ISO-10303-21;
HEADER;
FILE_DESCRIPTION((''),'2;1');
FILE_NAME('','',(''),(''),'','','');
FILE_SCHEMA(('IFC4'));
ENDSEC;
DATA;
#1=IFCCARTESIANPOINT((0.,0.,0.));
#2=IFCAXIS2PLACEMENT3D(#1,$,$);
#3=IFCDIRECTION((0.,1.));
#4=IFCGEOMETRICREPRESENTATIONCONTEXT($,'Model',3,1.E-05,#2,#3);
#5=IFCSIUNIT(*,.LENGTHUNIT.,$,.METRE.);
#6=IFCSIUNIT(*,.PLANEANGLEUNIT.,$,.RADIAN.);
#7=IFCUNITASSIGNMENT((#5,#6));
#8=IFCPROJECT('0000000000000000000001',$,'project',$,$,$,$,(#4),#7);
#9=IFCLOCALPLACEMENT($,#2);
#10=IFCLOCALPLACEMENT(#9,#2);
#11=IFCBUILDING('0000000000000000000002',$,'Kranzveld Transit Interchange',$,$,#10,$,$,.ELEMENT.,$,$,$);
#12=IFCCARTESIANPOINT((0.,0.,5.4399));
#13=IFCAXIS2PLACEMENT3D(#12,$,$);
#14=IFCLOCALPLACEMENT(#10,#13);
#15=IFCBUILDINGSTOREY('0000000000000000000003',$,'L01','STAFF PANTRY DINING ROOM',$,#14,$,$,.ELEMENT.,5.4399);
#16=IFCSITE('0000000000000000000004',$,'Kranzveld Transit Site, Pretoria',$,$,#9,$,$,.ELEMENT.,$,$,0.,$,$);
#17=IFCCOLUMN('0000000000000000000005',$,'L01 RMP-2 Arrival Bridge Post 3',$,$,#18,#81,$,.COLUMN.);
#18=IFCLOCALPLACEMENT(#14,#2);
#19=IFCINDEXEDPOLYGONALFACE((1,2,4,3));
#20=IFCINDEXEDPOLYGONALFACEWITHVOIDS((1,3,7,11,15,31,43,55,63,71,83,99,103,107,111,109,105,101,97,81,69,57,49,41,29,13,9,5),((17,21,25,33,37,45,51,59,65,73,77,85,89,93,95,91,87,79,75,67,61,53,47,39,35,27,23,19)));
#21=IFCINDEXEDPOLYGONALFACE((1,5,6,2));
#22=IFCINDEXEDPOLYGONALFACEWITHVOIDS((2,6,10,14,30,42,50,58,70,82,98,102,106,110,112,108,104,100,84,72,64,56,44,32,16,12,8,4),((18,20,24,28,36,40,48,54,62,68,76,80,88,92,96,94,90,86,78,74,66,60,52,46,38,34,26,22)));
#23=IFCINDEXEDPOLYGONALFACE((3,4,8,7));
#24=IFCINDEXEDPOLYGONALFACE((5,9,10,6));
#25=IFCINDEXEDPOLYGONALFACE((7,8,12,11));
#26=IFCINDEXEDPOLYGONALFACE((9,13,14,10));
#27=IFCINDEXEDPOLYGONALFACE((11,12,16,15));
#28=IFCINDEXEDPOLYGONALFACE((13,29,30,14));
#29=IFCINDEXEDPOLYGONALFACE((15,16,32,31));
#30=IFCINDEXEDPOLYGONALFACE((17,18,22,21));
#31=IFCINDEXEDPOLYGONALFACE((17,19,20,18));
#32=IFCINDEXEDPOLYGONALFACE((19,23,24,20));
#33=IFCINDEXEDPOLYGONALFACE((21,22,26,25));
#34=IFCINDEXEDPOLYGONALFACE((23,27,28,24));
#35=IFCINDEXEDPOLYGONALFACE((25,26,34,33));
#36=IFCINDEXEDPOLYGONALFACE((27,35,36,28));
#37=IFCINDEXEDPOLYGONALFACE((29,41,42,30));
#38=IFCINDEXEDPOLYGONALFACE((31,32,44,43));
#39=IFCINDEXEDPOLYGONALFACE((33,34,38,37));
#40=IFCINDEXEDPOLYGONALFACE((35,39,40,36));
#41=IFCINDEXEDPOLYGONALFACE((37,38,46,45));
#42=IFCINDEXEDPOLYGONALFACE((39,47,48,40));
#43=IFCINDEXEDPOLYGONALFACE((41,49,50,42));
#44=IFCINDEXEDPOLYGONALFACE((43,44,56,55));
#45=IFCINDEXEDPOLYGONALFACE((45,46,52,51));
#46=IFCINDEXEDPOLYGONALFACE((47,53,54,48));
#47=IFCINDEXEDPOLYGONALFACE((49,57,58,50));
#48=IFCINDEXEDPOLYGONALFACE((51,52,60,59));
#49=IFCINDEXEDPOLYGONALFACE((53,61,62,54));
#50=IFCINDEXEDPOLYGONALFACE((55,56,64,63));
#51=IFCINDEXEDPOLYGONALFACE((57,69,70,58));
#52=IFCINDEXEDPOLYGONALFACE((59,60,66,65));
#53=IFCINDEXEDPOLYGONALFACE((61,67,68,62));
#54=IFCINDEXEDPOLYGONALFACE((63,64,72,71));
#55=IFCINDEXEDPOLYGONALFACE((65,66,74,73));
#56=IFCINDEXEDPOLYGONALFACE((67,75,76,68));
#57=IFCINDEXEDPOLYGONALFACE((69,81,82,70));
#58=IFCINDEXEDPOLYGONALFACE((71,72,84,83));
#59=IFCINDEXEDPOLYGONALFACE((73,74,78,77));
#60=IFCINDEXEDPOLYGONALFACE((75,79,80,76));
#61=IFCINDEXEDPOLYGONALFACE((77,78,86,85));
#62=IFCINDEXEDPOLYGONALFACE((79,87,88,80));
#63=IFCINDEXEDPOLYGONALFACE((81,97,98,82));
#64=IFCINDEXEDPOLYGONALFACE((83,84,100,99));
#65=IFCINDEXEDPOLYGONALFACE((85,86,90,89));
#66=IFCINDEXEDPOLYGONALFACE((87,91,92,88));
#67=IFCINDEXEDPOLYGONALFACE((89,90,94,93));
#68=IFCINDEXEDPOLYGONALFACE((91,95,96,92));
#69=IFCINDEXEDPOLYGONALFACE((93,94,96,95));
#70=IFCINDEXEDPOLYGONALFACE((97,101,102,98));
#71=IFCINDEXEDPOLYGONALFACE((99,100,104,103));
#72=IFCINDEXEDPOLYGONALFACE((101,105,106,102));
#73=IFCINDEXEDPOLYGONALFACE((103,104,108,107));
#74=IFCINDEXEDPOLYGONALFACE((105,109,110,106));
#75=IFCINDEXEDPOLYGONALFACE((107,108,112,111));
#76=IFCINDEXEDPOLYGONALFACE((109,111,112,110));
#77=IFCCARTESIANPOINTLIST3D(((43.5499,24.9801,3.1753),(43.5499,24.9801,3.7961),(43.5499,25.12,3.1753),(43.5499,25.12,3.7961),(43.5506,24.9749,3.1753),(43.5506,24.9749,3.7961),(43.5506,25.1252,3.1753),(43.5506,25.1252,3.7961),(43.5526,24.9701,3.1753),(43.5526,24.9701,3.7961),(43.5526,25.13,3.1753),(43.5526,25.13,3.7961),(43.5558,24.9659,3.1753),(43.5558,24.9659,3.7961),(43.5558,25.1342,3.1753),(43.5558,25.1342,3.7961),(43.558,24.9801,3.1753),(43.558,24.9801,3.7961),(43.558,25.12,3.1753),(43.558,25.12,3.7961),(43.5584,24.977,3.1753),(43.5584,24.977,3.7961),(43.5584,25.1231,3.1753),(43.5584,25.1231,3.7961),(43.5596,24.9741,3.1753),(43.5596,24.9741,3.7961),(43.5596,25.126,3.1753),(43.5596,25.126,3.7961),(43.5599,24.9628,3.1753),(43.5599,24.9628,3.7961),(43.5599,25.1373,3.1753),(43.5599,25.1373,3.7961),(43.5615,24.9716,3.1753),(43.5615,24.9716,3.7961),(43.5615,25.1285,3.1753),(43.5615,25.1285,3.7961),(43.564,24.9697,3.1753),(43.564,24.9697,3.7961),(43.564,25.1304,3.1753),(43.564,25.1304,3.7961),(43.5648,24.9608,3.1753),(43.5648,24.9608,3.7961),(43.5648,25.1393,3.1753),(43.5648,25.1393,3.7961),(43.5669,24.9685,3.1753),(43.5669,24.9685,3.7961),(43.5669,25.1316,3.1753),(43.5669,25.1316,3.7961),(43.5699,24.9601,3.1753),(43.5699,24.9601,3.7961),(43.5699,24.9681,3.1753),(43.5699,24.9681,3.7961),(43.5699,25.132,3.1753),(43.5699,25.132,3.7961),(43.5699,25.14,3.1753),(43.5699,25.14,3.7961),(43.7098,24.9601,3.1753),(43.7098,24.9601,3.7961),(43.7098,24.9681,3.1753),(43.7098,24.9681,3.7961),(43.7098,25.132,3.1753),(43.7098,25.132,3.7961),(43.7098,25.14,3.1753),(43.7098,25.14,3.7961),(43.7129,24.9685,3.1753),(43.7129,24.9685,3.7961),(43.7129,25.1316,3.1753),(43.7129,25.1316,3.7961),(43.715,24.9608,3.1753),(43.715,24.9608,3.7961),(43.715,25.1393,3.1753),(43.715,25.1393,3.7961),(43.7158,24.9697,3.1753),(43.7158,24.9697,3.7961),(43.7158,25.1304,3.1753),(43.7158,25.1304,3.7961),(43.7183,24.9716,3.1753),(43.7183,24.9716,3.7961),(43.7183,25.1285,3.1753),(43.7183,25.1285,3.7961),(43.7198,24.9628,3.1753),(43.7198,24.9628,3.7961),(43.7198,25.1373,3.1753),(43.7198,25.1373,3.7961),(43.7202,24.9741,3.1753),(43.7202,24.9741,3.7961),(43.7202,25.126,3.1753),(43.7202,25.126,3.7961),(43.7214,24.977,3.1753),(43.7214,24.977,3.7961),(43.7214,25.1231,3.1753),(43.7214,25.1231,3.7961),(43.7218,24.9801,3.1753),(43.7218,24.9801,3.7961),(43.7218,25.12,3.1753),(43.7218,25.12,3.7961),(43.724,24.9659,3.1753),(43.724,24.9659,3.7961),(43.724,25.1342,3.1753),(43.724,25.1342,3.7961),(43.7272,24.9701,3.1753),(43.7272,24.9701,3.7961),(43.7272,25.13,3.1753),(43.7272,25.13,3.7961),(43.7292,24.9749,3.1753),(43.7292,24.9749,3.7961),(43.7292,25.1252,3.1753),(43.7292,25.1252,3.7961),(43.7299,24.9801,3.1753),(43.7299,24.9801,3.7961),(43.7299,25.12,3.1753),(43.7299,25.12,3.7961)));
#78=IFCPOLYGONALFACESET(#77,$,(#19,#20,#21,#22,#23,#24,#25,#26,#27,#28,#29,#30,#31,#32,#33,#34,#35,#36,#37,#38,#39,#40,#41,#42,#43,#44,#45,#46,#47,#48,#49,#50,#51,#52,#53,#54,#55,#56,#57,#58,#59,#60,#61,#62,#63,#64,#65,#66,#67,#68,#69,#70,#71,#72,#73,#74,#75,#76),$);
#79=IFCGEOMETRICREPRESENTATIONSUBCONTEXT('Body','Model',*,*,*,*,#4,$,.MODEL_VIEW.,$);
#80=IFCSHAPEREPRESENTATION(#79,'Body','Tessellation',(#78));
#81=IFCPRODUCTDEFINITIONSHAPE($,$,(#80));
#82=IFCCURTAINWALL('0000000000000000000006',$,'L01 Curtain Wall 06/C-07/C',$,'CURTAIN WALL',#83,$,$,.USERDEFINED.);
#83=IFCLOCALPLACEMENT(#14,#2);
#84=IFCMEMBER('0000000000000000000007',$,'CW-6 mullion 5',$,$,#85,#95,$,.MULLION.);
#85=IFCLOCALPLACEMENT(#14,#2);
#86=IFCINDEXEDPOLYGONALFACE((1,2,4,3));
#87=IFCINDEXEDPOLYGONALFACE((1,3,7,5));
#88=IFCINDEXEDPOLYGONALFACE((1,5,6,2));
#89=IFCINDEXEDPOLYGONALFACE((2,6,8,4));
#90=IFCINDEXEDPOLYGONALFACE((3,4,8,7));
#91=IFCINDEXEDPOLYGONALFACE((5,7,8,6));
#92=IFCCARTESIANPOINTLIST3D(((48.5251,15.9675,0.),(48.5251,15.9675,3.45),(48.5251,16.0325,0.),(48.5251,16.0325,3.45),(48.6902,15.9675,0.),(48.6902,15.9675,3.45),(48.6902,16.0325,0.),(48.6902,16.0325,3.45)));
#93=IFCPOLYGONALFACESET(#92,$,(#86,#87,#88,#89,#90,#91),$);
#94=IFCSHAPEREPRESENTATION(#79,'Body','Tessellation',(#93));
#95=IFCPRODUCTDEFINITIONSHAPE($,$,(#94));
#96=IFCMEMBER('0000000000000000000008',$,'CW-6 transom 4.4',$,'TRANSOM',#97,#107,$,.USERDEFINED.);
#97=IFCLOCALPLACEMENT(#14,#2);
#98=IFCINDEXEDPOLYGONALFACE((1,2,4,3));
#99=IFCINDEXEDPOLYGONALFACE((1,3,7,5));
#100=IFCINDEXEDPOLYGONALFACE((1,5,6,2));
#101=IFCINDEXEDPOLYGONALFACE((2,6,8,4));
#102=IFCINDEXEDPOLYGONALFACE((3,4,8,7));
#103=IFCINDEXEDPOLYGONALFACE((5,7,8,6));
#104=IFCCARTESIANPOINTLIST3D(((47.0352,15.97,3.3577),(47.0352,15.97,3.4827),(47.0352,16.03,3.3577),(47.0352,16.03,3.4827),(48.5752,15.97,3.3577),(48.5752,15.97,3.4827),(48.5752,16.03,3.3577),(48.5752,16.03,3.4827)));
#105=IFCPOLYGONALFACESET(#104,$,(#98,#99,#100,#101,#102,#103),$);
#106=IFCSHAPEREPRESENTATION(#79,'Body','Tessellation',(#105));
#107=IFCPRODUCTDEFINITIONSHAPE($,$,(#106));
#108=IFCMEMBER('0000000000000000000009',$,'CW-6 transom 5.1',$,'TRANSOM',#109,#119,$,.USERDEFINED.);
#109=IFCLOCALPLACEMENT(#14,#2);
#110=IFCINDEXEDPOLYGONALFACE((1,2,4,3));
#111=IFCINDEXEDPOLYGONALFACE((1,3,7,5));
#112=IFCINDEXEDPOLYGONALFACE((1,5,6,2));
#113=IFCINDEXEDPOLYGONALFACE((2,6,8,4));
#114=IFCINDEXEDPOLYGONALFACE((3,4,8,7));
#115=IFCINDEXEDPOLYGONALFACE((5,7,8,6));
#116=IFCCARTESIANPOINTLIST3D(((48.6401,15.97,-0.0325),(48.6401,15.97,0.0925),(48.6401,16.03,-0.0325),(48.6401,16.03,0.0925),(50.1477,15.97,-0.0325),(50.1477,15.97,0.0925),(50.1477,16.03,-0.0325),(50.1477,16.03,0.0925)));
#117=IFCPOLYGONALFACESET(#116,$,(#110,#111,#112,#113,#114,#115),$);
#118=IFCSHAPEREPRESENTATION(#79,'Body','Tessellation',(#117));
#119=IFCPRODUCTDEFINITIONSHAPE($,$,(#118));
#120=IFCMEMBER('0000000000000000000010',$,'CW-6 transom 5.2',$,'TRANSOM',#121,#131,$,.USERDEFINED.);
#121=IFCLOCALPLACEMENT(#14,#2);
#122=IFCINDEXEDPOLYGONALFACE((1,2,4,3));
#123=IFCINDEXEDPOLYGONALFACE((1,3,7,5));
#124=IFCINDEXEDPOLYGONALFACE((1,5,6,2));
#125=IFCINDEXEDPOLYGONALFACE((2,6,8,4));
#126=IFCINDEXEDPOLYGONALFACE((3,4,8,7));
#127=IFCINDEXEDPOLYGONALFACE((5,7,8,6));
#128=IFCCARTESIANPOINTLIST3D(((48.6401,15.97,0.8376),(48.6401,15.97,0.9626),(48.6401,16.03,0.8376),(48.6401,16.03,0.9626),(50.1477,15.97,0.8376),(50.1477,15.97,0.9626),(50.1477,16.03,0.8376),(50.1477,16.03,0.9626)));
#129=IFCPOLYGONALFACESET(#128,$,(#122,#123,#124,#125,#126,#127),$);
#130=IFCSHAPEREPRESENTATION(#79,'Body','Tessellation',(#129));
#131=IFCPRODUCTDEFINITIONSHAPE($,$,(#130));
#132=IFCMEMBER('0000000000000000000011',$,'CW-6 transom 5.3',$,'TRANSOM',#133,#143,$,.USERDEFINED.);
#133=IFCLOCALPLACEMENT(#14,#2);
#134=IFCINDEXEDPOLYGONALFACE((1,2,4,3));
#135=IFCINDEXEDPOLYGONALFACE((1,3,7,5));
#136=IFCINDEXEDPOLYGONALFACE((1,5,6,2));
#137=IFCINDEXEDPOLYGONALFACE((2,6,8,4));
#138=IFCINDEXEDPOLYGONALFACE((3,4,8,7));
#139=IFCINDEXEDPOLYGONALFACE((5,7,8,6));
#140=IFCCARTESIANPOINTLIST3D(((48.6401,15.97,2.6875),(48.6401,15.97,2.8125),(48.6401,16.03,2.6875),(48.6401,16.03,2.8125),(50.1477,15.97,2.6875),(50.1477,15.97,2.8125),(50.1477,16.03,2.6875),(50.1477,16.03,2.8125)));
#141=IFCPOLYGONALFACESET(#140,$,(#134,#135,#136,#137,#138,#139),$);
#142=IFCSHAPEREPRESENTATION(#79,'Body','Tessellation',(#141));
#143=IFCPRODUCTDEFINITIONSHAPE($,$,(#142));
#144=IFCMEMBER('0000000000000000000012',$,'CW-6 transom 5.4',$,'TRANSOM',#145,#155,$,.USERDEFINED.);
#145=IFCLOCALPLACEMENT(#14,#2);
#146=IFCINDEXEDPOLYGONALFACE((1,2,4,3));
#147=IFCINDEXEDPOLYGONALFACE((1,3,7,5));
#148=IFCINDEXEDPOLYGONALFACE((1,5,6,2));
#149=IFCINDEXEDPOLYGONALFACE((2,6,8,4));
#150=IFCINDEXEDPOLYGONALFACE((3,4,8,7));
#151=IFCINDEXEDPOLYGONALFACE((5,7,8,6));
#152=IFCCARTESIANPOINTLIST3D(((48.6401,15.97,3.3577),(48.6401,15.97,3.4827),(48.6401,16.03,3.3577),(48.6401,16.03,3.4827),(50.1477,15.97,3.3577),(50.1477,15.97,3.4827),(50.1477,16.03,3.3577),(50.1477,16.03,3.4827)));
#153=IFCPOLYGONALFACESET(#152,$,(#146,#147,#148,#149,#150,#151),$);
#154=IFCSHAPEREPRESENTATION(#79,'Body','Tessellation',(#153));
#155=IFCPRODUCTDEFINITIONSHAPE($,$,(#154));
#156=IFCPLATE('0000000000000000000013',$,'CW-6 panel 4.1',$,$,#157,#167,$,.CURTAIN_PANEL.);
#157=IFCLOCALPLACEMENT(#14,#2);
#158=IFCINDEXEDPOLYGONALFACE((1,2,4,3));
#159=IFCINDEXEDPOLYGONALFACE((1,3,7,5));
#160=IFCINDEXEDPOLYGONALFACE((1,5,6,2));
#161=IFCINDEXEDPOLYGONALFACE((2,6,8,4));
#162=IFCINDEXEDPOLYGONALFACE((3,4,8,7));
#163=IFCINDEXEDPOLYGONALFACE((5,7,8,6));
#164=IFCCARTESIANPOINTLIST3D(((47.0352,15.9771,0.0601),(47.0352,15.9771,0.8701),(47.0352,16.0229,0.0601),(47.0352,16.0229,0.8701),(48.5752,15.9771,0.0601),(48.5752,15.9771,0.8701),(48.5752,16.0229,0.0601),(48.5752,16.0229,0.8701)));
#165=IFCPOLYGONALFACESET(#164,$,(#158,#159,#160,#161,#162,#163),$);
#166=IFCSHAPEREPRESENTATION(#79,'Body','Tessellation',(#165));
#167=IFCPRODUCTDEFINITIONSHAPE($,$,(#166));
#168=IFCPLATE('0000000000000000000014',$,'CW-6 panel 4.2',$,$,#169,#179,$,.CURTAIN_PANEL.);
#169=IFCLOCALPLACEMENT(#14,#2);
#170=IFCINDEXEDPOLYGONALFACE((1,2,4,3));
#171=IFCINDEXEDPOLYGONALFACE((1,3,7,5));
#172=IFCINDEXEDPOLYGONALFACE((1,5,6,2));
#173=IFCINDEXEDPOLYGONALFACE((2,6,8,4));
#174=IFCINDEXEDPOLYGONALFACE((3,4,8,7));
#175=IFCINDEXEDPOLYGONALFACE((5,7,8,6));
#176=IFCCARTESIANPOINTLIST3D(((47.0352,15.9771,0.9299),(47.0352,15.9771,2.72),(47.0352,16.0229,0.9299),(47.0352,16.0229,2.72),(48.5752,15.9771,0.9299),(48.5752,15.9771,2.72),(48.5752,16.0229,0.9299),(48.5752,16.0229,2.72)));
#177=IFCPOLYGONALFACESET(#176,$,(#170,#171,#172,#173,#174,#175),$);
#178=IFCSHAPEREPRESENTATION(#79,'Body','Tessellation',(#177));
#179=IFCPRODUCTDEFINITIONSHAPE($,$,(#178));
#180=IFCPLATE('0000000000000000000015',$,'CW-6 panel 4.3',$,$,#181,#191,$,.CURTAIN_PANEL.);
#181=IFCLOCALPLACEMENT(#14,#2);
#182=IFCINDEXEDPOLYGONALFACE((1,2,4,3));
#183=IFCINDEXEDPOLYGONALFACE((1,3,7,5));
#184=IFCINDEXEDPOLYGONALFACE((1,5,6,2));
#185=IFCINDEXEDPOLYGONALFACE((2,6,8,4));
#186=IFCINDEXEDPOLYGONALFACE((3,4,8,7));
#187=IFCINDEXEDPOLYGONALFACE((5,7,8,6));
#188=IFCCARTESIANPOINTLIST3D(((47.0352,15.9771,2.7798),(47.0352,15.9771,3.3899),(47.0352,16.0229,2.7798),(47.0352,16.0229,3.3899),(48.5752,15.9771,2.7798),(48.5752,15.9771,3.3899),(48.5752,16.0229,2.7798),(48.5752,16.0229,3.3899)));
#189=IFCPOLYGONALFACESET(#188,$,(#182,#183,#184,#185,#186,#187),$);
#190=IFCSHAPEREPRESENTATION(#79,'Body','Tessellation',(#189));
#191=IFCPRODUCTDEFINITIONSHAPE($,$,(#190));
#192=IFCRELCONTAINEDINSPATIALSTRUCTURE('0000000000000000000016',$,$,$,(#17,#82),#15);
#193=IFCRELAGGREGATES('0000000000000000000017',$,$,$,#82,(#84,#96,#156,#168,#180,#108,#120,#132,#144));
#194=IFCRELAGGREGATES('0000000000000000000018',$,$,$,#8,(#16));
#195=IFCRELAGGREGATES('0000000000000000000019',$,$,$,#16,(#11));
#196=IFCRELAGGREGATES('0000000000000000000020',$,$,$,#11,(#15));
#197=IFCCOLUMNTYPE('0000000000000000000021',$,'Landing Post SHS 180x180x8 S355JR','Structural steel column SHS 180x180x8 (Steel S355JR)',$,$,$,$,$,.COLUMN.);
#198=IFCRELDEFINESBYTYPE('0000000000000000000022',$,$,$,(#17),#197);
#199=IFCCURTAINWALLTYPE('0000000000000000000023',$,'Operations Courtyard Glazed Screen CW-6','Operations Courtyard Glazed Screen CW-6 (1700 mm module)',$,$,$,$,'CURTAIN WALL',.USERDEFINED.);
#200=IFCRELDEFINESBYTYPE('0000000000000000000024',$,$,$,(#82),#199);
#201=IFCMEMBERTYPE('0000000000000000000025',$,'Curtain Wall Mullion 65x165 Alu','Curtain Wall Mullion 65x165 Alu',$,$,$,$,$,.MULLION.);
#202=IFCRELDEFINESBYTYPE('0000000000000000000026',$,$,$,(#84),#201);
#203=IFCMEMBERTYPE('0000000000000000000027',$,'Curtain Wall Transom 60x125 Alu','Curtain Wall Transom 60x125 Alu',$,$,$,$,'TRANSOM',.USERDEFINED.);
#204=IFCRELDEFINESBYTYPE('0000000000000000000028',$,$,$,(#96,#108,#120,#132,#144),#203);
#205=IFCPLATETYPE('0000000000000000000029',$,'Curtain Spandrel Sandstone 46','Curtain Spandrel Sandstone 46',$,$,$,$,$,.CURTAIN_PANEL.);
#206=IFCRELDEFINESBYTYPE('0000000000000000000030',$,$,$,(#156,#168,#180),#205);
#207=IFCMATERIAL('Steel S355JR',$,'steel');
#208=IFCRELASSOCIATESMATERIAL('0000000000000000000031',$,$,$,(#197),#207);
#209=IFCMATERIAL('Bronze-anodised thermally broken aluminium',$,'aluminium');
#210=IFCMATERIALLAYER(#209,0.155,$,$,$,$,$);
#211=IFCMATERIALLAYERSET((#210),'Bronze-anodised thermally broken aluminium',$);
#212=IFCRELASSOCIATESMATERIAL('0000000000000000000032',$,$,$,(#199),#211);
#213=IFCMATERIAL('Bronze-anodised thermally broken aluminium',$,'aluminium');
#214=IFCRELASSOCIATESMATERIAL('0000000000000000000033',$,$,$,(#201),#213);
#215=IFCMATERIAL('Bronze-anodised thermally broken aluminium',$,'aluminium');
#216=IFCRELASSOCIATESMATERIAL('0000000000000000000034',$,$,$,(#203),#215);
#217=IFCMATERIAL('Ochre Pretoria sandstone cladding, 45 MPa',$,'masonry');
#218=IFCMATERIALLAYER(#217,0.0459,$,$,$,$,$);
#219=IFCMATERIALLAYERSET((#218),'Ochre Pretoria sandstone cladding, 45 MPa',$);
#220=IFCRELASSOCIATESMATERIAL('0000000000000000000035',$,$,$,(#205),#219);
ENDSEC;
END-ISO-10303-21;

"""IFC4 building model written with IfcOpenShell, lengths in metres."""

from ifc_helpers import new_model, si_unit, direction, frame, origin, origin_2d, place, context, subcontext, project, spatial, rectangle, hollow_rectangle, extrude, material, layer, layer_set, material_profile, profile_set, type_object, element, aggregate, save


model = new_model("IFC4")

# Units and contexts
model_context = context("Model", 3, precision=1e-05, world=origin(), true_north=direction((0.0, 1.0)))
body_context = subcontext(model_context, "Body", "Model", "MODEL_VIEW")
ifc_project = project(units=[si_unit("LENGTHUNIT", "METRE"), si_unit("PLANEANGLEUNIT", "RADIAN")], contexts=[model_context])

# Site, building, storey
site_placement = place(None, origin())
site = spatial("IfcSite", under=ifc_project, at=site_placement, Name="Kranzveld Transit Site, Pretoria", CompositionType="ELEMENT", RefElevation=0.0)
building_placement = place(site_placement, origin())
building = spatial("IfcBuilding", under=site, at=building_placement, Name="Kranzveld Transit Interchange", CompositionType="ELEMENT")
storey_placement = place(building_placement, frame((0.0, 0.0, 5.4399)))
storey = spatial("IfcBuildingStorey", under=building, at=storey_placement, Name="L01", Description="STAFF PANTRY DINING ROOM", CompositionType="ELEMENT", Elevation=5.4399)

# Column
ifc_material_1 = material(Name="Steel S355JR", Category="steel")
ifc_material_profile_1 = material_profile(ifc_material_1, hollow_rectangle(XDim=0.1799, YDim=0.1799, WallThickness=0.0081, InnerFilletRadius=0.012, OuterFilletRadius=0.02, at=origin_2d()), Name="SHS 180x180x8")
ifc_profile_set_1 = profile_set([ifc_material_profile_1], Name="Steel S355JR")
column_type = type_object("IfcColumnType", Name="Landing Post SHS 180x180x8 S355JR", Description="Structural steel column SHS 180x180x8 (Steel S355JR)", PredefinedType="COLUMN", material=ifc_profile_set_1)
column_1_placement = place(storey_placement, frame((43.6399, 25.05, 3.1753), z_axis=(0.0, 0.0, 1.0), x_axis=(1.0, 0.0, 0.0)))
element("IfcColumn", 1, at=column_1_placement, inside=storey, type_object=column_type, Name="L01 RMP-2 Arrival Bridge Post 3", PredefinedType="COLUMN", context=body_context, shape_type="SweptSolid", body=[
    extrude(hollow_rectangle(XDim=0.1799, YDim=0.1799, WallThickness=0.0081, InnerFilletRadius=0.012, OuterFilletRadius=0.02, at=origin_2d()), origin(), (0.0, 0.0, 1.0), 0.6208),
])

# Curtain wall, members, plates
ifc_material_2 = material(Name="Bronze-anodised thermally broken aluminium", Category="aluminium")
ifc_layer_1 = layer(ifc_material_2, 0.155)
ifc_layer_set_1 = layer_set([ifc_layer_1], Name="Bronze-anodised thermally broken aluminium")
curtain_wall_type = type_object("IfcCurtainWallType", Name="Operations Courtyard Glazed Screen CW-6", Description="Operations Courtyard Glazed Screen CW-6 (1700 mm module)", ElementType="CURTAIN WALL", PredefinedType="USERDEFINED", material=ifc_layer_set_1)
curtain_wall_placement = place(storey_placement, origin())
curtain_wall = element("IfcCurtainWall", 2, at=curtain_wall_placement, inside=storey, type_object=curtain_wall_type, Name="L01 Curtain Wall 06/C-07/C", ObjectType="CURTAIN WALL", PredefinedType="USERDEFINED")
ifc_material_3 = material(Name="Bronze-anodised thermally broken aluminium", Category="aluminium")
ifc_material_profile_2 = material_profile(ifc_material_3, rectangle(XDim=0.0649, YDim=0.165, at=origin_2d()), Name="ALU MULLION 65x165")
ifc_profile_set_2 = profile_set([ifc_material_profile_2], Name="Bronze-anodised thermally broken aluminium")
member_type_1 = type_object("IfcMemberType", Name="Curtain Wall Mullion 65x165 Alu", Description="Curtain Wall Mullion 65x165 Alu", PredefinedType="MULLION", material=ifc_profile_set_2)
member_1_placement = place(storey_placement, frame((48.6077, 16.0, 0.0), z_axis=(0.0, 0.0, 1.0), x_axis=(0.0, 1.0, 0.0)))
member_1 = element("IfcMember", 3, at=member_1_placement, type_object=member_type_1, Name="CW-6 mullion 5", PredefinedType="MULLION", context=body_context, shape_type="SweptSolid", body=[
    extrude(rectangle(XDim=0.0649, YDim=0.165, at=origin_2d()), origin(), (0.0, 0.0, 1.0), 3.45),
])
ifc_material_4 = material(Name="Bronze-anodised thermally broken aluminium", Category="aluminium")
ifc_material_profile_3 = material_profile(ifc_material_4, rectangle(XDim=0.0601, YDim=0.125, at=origin_2d()), Name="ALU TRANSOM 60x125")
ifc_profile_set_3 = profile_set([ifc_material_profile_3], Name="Bronze-anodised thermally broken aluminium")
member_type_2 = type_object("IfcMemberType", Name="Curtain Wall Transom 60x125 Alu", Description="Curtain Wall Transom 60x125 Alu", ElementType="TRANSOM", PredefinedType="USERDEFINED", material=ifc_profile_set_3)
member_2_placement = place(storey_placement, frame((47.0352, 16.0, 3.4202), z_axis=(1.0, 0.0, 0.0), x_axis=(0.0, 1.0, 0.0)))
member_2 = element("IfcMember", 4, at=member_2_placement, type_object=member_type_2, Name="CW-6 transom 4.4", ObjectType="TRANSOM", PredefinedType="USERDEFINED", context=body_context, shape_type="SweptSolid", body=[
    extrude(rectangle(XDim=0.0601, YDim=0.125, at=origin_2d()), origin(), (0.0, 0.0, 1.0), 1.54),
])
member_3_placement = place(storey_placement, frame((48.6401, 16.0, 0.03), z_axis=(1.0, 0.0, 0.0), x_axis=(0.0, 1.0, 0.0)))
member_3 = element("IfcMember", 5, at=member_3_placement, type_object=member_type_2, Name="CW-6 transom 5.1", ObjectType="TRANSOM", PredefinedType="USERDEFINED", context=body_context, shape_type="SweptSolid", body=[
    extrude(rectangle(XDim=0.0601, YDim=0.125, at=origin_2d()), origin(), (0.0, 0.0, 1.0), 1.5076),
])
member_4_placement = place(storey_placement, frame((48.6401, 16.0, 0.9001), z_axis=(1.0, 0.0, 0.0), x_axis=(0.0, 1.0, 0.0)))
member_4 = element("IfcMember", 6, at=member_4_placement, type_object=member_type_2, Name="CW-6 transom 5.2", ObjectType="TRANSOM", PredefinedType="USERDEFINED", context=body_context, shape_type="SweptSolid", body=[
    extrude(rectangle(XDim=0.0601, YDim=0.125, at=origin_2d()), origin(), (0.0, 0.0, 1.0), 1.5076),
])
member_5_placement = place(storey_placement, frame((48.6401, 16.0, 2.75), z_axis=(1.0, 0.0, 0.0), x_axis=(0.0, 1.0, 0.0)))
member_5 = element("IfcMember", 7, at=member_5_placement, type_object=member_type_2, Name="CW-6 transom 5.3", ObjectType="TRANSOM", PredefinedType="USERDEFINED", context=body_context, shape_type="SweptSolid", body=[
    extrude(rectangle(XDim=0.0601, YDim=0.125, at=origin_2d()), origin(), (0.0, 0.0, 1.0), 1.5076),
])
member_6_placement = place(storey_placement, frame((48.6401, 16.0, 3.4202), z_axis=(1.0, 0.0, 0.0), x_axis=(0.0, 1.0, 0.0)))
member_6 = element("IfcMember", 8, at=member_6_placement, type_object=member_type_2, Name="CW-6 transom 5.4", ObjectType="TRANSOM", PredefinedType="USERDEFINED", context=body_context, shape_type="SweptSolid", body=[
    extrude(rectangle(XDim=0.0601, YDim=0.125, at=origin_2d()), origin(), (0.0, 0.0, 1.0), 1.5076),
])
ifc_material_5 = material(Name="Ochre Pretoria sandstone cladding, 45 MPa", Category="masonry")
ifc_layer_2 = layer(ifc_material_5, 0.0459)
ifc_layer_set_2 = layer_set([ifc_layer_2], Name="Ochre Pretoria sandstone cladding, 45 MPa")
plate_type = type_object("IfcPlateType", Name="Curtain Spandrel Sandstone 46", Description="Curtain Spandrel Sandstone 46", PredefinedType="CURTAIN_PANEL", material=ifc_layer_set_2)
plate_1_placement = place(storey_placement, frame((47.8052, 16.0, 0.0601), z_axis=(0.0, 0.0, 1.0), x_axis=(1.0, 0.0, 0.0)))
plate_1 = element("IfcPlate", 9, at=plate_1_placement, type_object=plate_type, Name="CW-6 panel 4.1", PredefinedType="CURTAIN_PANEL", context=body_context, shape_type="SweptSolid", body=[
    extrude(rectangle(XDim=1.54, YDim=0.0459, at=origin_2d()), origin(), (0.0, 0.0, 1.0), 0.8101),
])
plate_2_placement = place(storey_placement, frame((47.8052, 16.0, 0.9299), z_axis=(0.0, 0.0, 1.0), x_axis=(1.0, 0.0, 0.0)))
plate_2 = element("IfcPlate", 10, at=plate_2_placement, type_object=plate_type, Name="CW-6 panel 4.2", PredefinedType="CURTAIN_PANEL", context=body_context, shape_type="SweptSolid", body=[
    extrude(rectangle(XDim=1.54, YDim=0.0459, at=origin_2d()), origin(), (0.0, 0.0, 1.0), 1.79),
])
plate_3_placement = place(storey_placement, frame((47.8052, 16.0, 2.7798), z_axis=(0.0, 0.0, 1.0), x_axis=(1.0, 0.0, 0.0)))
plate_3 = element("IfcPlate", 11, at=plate_3_placement, type_object=plate_type, Name="CW-6 panel 4.3", PredefinedType="CURTAIN_PANEL", context=body_context, shape_type="SweptSolid", body=[
    extrude(rectangle(XDim=1.54, YDim=0.0459, at=origin_2d()), origin(), (0.0, 0.0, 1.0), 0.6101),
])
aggregate(curtain_wall, [member_1, member_2, plate_1, plate_2, plate_3, member_3, member_4, member_5, member_6])

save(model, "model.ifc")
